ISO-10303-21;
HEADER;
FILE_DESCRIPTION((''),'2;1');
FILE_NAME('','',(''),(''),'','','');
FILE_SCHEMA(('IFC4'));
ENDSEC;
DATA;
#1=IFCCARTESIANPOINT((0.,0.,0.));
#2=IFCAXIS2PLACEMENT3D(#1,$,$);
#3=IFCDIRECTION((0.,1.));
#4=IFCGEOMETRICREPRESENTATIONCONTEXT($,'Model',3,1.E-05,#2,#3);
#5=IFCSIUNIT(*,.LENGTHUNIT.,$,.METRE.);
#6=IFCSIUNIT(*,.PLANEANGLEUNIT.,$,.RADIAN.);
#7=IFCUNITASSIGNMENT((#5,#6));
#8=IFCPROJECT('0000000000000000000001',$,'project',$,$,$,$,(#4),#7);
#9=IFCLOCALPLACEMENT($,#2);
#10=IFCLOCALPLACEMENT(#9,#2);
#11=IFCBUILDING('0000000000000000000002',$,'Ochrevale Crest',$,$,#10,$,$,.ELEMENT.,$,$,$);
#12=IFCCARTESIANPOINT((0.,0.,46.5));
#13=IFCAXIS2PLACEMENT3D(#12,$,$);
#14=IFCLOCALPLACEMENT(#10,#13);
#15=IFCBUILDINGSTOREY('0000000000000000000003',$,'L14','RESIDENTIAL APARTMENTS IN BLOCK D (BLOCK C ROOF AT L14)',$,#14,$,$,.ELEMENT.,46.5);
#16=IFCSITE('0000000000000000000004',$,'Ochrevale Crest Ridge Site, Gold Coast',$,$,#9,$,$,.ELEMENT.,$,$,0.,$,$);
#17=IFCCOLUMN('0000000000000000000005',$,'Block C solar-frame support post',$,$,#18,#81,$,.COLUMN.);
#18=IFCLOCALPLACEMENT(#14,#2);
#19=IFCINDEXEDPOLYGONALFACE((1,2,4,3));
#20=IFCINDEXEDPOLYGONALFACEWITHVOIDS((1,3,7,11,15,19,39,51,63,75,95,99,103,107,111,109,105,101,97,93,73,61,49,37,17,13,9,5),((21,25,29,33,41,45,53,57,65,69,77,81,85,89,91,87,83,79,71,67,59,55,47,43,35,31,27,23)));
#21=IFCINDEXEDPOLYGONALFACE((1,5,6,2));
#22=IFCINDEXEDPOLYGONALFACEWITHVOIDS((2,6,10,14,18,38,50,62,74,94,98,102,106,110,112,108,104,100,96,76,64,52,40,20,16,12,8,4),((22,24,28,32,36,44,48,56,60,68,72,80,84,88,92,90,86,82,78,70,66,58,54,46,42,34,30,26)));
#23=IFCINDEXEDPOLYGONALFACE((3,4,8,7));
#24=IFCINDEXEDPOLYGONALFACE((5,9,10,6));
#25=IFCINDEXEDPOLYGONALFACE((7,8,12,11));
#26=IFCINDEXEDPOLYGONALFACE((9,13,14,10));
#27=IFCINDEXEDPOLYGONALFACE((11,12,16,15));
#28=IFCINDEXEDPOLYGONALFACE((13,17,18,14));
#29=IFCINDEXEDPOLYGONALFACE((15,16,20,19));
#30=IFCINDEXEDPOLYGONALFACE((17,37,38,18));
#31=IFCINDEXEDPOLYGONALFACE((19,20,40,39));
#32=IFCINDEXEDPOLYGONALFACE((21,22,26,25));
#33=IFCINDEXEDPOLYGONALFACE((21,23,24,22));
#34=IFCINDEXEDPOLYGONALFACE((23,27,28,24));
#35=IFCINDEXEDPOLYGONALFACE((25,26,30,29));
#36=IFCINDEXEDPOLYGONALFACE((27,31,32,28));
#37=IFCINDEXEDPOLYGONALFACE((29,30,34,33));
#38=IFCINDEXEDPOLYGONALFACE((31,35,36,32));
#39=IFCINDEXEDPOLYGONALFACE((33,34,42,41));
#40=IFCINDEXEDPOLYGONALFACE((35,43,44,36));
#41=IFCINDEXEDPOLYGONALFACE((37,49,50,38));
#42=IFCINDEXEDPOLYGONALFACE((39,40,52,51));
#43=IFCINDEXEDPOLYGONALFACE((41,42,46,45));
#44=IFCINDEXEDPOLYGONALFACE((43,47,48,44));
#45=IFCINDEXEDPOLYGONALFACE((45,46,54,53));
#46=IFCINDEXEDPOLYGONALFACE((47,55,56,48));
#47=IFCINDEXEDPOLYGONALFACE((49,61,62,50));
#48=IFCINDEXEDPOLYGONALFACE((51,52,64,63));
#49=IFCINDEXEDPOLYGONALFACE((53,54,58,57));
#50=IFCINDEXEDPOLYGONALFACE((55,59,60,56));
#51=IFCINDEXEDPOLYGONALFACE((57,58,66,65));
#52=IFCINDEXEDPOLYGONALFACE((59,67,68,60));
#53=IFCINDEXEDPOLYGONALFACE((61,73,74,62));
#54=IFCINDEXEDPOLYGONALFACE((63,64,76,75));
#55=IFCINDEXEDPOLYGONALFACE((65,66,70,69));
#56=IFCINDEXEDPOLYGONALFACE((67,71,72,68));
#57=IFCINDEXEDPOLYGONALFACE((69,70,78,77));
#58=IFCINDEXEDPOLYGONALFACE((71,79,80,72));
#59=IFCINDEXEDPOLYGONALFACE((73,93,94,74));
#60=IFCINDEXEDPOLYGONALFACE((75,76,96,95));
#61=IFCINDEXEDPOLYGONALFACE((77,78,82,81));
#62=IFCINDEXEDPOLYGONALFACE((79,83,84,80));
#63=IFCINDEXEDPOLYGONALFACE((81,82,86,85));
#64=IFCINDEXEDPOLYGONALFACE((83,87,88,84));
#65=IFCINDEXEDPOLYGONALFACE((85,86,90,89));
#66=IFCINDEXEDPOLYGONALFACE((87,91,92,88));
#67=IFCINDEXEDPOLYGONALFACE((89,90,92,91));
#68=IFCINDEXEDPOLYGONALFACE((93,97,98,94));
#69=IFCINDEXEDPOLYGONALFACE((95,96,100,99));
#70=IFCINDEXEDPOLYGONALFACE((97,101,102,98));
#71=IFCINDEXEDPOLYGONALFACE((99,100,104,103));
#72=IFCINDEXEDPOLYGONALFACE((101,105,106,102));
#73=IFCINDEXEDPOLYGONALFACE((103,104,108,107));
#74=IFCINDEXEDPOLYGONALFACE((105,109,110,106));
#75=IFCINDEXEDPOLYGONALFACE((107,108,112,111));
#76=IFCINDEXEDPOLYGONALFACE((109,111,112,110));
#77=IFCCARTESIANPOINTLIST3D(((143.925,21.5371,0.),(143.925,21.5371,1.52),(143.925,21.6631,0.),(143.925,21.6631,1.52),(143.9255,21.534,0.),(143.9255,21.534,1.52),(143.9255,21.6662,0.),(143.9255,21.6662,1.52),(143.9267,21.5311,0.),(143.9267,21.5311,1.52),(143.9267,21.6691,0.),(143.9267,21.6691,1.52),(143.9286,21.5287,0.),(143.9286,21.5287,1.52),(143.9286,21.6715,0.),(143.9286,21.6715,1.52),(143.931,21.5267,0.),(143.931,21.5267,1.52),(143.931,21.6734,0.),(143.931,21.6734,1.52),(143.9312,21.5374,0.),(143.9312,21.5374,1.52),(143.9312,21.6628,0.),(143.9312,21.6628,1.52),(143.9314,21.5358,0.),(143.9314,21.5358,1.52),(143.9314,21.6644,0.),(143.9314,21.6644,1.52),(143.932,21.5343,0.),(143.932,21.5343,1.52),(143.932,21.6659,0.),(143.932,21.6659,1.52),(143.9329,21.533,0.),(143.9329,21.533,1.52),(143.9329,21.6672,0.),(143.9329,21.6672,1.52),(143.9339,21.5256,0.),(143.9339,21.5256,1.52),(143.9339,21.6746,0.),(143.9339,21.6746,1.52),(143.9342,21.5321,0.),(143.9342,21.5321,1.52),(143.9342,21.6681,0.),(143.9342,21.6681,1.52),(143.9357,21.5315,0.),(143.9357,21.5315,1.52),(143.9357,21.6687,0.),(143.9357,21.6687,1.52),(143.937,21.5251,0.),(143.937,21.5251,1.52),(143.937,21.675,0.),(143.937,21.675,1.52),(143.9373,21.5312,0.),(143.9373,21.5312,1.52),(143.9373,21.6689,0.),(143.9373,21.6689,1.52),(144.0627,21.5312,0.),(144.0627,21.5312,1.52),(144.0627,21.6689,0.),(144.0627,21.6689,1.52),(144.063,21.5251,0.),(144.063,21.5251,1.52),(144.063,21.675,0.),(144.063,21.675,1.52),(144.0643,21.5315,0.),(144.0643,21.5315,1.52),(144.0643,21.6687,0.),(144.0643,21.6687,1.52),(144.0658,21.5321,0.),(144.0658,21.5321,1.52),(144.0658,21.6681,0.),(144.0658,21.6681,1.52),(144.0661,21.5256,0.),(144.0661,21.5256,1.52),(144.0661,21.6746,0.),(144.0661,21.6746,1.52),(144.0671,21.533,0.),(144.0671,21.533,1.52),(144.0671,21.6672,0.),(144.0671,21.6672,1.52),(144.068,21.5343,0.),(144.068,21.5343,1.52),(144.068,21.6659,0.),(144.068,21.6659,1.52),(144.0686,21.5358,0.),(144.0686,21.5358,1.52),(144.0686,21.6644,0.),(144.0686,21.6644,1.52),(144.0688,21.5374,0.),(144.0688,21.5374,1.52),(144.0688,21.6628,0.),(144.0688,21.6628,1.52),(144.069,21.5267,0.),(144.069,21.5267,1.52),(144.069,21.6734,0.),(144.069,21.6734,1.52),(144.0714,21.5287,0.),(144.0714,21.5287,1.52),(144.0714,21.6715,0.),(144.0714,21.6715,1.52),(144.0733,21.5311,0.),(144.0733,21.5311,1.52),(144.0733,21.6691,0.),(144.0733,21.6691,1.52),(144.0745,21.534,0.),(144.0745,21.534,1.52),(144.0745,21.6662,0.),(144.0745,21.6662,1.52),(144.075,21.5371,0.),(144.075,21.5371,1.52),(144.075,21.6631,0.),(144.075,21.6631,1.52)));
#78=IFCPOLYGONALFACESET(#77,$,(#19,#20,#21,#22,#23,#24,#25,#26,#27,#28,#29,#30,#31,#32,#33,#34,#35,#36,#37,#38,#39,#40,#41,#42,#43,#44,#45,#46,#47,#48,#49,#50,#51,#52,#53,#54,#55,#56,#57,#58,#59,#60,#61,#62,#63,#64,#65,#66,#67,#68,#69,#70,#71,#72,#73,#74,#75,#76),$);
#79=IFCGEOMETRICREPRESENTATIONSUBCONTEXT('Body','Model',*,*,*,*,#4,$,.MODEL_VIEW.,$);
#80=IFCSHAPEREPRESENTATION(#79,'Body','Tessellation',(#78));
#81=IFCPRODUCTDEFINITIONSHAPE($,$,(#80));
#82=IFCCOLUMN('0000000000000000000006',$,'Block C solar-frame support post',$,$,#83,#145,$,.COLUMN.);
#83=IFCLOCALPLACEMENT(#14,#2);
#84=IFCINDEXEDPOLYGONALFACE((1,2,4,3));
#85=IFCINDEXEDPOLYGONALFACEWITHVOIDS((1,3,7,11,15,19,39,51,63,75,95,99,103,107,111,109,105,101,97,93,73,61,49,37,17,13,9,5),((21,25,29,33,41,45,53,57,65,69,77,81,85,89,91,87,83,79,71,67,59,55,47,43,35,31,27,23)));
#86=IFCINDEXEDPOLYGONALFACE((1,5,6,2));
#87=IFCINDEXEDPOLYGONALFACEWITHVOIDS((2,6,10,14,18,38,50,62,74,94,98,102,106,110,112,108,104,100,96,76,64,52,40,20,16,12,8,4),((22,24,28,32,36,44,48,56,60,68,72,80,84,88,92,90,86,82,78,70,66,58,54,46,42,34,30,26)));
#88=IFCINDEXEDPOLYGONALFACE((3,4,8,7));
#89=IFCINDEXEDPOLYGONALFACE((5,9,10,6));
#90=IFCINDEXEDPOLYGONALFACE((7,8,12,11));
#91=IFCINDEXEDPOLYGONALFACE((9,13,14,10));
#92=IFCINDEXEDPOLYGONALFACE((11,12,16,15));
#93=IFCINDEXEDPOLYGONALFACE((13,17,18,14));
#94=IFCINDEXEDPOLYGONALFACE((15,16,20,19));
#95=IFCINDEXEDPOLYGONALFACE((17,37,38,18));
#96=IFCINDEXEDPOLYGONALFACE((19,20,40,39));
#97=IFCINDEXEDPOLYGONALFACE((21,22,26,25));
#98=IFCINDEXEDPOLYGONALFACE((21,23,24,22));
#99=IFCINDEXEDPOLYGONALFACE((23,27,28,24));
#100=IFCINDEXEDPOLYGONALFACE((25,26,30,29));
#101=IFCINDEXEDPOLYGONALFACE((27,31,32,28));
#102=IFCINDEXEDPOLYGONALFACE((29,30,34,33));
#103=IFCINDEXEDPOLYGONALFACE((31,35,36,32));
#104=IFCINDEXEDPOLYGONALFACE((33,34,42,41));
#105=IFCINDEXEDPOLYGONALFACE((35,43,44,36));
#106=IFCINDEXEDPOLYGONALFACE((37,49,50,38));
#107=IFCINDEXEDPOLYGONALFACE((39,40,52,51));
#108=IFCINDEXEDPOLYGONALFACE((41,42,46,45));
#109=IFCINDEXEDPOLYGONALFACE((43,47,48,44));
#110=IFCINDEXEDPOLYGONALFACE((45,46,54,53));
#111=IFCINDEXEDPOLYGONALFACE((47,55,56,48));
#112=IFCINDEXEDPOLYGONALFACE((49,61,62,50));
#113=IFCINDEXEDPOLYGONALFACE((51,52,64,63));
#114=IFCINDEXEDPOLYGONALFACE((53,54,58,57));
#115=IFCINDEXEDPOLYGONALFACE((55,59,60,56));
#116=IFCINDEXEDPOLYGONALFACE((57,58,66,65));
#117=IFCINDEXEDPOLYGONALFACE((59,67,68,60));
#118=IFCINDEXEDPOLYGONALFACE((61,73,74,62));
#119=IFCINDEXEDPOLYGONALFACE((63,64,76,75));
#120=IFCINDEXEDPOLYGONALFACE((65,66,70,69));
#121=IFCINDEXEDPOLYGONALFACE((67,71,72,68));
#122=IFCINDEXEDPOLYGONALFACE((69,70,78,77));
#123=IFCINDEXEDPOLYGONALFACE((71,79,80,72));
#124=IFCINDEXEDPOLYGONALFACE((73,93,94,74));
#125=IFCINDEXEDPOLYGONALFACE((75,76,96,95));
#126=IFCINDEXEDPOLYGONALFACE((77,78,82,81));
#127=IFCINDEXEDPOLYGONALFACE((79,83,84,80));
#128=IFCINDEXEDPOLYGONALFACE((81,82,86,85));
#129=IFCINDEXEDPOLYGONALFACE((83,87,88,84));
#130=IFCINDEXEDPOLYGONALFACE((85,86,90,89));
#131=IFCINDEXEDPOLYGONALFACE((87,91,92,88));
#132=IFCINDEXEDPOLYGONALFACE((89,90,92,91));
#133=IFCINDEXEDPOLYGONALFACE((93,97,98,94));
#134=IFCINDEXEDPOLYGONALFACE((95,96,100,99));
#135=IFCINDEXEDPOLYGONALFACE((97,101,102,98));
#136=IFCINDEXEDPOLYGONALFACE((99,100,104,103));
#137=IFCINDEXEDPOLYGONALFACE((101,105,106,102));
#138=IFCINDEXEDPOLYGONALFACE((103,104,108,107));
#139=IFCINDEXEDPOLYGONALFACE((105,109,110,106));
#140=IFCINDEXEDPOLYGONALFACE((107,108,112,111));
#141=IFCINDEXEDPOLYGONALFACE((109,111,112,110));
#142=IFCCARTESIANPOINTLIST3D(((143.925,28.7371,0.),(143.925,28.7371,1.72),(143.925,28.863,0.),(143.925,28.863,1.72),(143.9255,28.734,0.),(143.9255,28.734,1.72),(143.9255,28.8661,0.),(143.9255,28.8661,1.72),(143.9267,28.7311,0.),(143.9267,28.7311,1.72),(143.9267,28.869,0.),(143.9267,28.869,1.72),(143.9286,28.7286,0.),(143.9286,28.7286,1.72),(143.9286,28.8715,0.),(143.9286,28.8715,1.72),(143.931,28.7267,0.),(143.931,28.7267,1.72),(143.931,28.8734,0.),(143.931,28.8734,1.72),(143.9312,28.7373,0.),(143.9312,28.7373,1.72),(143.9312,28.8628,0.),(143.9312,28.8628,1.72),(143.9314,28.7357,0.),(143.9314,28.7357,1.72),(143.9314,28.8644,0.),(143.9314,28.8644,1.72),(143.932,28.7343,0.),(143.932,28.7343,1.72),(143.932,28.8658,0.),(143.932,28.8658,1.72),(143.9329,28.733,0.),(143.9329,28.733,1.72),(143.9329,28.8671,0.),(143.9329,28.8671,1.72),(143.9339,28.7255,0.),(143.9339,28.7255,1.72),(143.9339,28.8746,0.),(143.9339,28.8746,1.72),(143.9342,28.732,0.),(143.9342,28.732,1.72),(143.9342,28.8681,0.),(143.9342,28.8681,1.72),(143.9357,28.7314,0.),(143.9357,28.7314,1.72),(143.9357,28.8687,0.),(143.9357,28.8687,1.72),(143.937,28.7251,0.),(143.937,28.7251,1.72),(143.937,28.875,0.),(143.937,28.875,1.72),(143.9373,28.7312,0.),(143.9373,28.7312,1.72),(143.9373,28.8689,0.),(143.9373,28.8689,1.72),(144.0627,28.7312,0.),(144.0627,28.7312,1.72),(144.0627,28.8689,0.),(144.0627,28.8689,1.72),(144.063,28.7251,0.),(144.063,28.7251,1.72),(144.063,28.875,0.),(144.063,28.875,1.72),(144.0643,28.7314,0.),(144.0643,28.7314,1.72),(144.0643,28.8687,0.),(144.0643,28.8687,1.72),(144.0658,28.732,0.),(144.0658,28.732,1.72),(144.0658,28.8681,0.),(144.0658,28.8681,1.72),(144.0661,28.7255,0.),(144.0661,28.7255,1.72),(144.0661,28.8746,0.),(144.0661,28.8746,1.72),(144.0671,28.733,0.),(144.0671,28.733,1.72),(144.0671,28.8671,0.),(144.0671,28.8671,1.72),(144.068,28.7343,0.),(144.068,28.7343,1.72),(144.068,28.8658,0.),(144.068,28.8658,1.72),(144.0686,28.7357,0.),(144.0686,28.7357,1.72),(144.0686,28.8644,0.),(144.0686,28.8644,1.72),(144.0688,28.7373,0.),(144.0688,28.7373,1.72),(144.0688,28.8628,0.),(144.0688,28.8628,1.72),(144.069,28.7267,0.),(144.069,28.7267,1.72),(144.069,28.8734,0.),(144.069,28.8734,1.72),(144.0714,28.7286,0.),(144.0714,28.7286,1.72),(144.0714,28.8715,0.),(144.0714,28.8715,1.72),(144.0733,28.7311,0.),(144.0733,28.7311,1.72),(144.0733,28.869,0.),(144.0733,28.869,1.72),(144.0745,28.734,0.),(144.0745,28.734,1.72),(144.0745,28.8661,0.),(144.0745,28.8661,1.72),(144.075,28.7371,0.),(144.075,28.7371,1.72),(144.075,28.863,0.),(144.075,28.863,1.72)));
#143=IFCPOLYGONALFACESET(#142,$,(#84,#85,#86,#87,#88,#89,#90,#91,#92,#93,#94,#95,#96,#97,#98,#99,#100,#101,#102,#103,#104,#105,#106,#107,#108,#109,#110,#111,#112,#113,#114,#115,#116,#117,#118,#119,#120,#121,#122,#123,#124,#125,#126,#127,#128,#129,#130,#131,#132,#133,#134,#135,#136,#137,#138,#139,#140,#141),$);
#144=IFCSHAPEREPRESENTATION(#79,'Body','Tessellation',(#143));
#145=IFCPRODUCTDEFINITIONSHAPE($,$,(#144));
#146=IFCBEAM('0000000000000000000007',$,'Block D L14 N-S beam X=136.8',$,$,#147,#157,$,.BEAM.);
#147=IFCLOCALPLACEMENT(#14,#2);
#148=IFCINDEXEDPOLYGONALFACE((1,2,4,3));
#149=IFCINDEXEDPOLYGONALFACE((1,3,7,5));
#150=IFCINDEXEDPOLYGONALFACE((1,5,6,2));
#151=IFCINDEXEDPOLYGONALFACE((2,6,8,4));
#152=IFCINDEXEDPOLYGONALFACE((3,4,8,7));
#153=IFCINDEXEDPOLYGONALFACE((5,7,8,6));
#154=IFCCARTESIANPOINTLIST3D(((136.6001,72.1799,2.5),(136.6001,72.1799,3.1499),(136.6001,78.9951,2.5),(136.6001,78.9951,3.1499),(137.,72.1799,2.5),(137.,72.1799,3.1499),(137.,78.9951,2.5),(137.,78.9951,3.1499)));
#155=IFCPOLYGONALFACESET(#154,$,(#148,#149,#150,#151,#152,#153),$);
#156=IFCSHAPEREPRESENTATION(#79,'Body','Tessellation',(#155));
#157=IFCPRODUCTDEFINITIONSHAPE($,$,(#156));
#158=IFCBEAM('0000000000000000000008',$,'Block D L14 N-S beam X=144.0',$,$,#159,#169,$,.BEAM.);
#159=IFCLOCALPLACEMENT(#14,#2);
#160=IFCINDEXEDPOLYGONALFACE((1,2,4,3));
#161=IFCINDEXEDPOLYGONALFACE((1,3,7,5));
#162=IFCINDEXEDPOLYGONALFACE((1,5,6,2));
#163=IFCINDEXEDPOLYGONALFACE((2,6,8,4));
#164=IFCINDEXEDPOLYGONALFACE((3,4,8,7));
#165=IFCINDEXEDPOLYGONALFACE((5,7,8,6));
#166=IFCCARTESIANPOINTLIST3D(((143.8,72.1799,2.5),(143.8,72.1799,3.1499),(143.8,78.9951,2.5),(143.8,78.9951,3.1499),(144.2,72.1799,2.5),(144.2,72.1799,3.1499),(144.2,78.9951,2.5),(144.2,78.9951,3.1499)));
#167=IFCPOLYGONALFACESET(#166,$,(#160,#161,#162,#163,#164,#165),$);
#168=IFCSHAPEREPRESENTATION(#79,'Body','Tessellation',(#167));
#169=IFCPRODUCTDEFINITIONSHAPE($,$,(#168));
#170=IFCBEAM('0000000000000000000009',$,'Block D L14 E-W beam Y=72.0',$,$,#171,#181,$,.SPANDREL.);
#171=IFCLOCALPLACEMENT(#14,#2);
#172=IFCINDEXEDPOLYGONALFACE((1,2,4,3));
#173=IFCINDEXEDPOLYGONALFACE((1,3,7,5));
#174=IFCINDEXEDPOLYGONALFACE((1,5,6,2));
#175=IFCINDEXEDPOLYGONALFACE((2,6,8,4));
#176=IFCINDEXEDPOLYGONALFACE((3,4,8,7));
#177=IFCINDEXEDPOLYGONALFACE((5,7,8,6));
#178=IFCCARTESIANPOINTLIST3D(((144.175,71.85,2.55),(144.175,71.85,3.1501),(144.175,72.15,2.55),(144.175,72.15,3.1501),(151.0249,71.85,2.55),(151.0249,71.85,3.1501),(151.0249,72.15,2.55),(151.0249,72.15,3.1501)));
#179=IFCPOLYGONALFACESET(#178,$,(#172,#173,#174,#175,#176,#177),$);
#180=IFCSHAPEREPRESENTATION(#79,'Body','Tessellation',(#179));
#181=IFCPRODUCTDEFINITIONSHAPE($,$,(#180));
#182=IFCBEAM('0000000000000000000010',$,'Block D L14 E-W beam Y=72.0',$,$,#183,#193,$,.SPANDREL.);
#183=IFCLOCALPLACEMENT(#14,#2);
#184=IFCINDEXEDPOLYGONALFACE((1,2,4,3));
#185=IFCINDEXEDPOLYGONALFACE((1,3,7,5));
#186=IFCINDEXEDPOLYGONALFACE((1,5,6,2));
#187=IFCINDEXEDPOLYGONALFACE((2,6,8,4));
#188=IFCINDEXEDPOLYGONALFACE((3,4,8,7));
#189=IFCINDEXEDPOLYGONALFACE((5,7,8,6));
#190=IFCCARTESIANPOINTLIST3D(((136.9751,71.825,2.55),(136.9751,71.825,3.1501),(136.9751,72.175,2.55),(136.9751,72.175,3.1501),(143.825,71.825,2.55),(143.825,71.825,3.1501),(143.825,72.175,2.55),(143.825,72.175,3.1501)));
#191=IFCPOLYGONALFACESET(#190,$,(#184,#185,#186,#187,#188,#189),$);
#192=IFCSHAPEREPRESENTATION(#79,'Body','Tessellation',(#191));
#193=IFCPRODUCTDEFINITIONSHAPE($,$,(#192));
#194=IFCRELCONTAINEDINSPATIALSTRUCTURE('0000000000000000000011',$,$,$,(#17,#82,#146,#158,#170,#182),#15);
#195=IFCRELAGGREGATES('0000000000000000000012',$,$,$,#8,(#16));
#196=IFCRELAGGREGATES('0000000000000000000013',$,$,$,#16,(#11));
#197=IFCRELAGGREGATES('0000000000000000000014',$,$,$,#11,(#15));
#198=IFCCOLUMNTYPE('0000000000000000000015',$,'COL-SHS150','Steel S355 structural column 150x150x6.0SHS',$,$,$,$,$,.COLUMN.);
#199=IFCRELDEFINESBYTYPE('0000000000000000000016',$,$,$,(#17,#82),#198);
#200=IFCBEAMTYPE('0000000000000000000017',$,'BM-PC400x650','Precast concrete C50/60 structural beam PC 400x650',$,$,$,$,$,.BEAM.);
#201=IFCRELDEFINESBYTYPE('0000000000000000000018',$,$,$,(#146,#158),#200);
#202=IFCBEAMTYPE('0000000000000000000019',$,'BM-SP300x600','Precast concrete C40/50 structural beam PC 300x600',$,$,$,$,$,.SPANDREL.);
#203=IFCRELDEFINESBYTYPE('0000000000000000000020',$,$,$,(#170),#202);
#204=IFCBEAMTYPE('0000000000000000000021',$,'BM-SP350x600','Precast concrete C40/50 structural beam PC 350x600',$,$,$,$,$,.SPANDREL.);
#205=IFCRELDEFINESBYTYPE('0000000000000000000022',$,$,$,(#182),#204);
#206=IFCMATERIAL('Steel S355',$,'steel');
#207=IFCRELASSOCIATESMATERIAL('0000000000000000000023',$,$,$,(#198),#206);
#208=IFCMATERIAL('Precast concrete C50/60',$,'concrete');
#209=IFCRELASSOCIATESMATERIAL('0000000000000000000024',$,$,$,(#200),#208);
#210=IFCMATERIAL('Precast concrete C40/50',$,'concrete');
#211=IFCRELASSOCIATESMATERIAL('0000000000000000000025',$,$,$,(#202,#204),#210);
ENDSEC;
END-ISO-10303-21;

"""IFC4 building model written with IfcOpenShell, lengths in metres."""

from ifc_helpers import new_model, si_unit, direction, frame, origin, origin_2d, place, context, subcontext, project, spatial, rectangle, hollow_rectangle, extrude, material, material_profile, profile_set, type_object, element, save


model = new_model("IFC4")

# Units and contexts
model_context = context("Model", 3, precision=1e-05, world=origin(), true_north=direction((0.0, 1.0)))
body_context = subcontext(model_context, "Body", "Model", "MODEL_VIEW")
ifc_project = project(units=[si_unit("LENGTHUNIT", "METRE"), si_unit("PLANEANGLEUNIT", "RADIAN")], contexts=[model_context])

# Site, building, storey
site_placement = place(None, origin())
site = spatial("IfcSite", under=ifc_project, at=site_placement, Name="Ochrevale Crest Ridge Site, Gold Coast", CompositionType="ELEMENT", RefElevation=0.0)
building_placement = place(site_placement, origin())
building = spatial("IfcBuilding", under=site, at=building_placement, Name="Ochrevale Crest", CompositionType="ELEMENT")
storey_placement = place(building_placement, frame((0.0, 0.0, 46.5)))
storey = spatial("IfcBuildingStorey", under=building, at=storey_placement, Name="L14", Description="RESIDENTIAL APARTMENTS IN BLOCK D (BLOCK C ROOF AT L14)", CompositionType="ELEMENT", Elevation=46.5)

# Columns
ifc_material_1 = material(Name="Precast concrete C40/50", Category="concrete")
ifc_material_2 = material(Name="Steel S355", Category="steel")
ifc_material_profile_1 = material_profile(ifc_material_2, hollow_rectangle(XDim=0.1499, YDim=0.1499, WallThickness=0.0061, InnerFilletRadius=0.0061, OuterFilletRadius=0.012, at=origin_2d()), Name="150x150x6.0SHS")
ifc_profile_set_1 = profile_set([ifc_material_profile_1], Name="Steel S355")
column_type_1 = type_object("IfcColumnType", Name="COL-SHS150", Description="Steel S355 structural column 150x150x6.0SHS", PredefinedType="COLUMN", material=ifc_profile_set_1)
column_1_placement = place(storey_placement, frame((144.0, 21.6001, 0.0), z_axis=(0.0, 0.0, 1.0), x_axis=(1.0, 0.0, 0.0)))
element("IfcColumn", 1, at=column_1_placement, inside=storey, type_object=column_type_1, Name="Block C solar-frame support post", PredefinedType="COLUMN", context=body_context, shape_type="SweptSolid", body=[
    extrude(hollow_rectangle(XDim=0.1499, YDim=0.1499, WallThickness=0.0061, InnerFilletRadius=0.0061, OuterFilletRadius=0.012, at=origin_2d()), origin(), (0.0, 0.0, 1.0), 1.52),
])
column_2_placement = place(storey_placement, frame((144.0, 28.8, 0.0), z_axis=(0.0, 0.0, 1.0), x_axis=(1.0, 0.0, 0.0)))
element("IfcColumn", 2, at=column_2_placement, inside=storey, type_object=column_type_1, Name="Block C solar-frame support post", PredefinedType="COLUMN", context=body_context, shape_type="SweptSolid", body=[
    extrude(hollow_rectangle(XDim=0.1499, YDim=0.1499, WallThickness=0.0061, InnerFilletRadius=0.0061, OuterFilletRadius=0.012, at=origin_2d()), origin(), (0.0, 0.0, 1.0), 1.72),
])

# Beams
ifc_material_3 = material(Name="Precast concrete C50/60", Category="concrete")
ifc_material_profile_2 = material_profile(ifc_material_3, rectangle(XDim=0.3999, YDim=0.6499, at=origin_2d()), Name="PC 400x650")
ifc_profile_set_2 = profile_set([ifc_material_profile_2], Name="Precast concrete C50/60")
beam_type_1 = type_object("IfcBeamType", Name="BM-PC400x650", Description="Precast concrete C50/60 structural beam PC 400x650", PredefinedType="BEAM", material=ifc_profile_set_2)
for number, where, z_axis, x_axis, name in (
    (3, (136.8, 72.1799, 2.825), (0.0, 1.0, 0.0), (-1.0, 0.0, 0.0), "Block D L14 N-S beam X=136.8"),
    (4, (144.0, 72.1799, 2.825), (0.0, 1.0, 0.0), (-1.0, 0.0, 0.0), "Block D L14 N-S beam X=144.0"),
):
    element("IfcBeam", number, at=place(storey_placement, frame(where, z_axis=z_axis, x_axis=x_axis)), inside=storey, type_object=beam_type_1, Name=name, PredefinedType="BEAM", context=body_context, shape_type="SweptSolid", body=[
        extrude(rectangle(XDim=0.3999, YDim=0.6499, at=origin_2d()), origin(), (0.0, 0.0, 1.0), 6.8152),
    ])
ifc_material_profile_3 = material_profile(ifc_material_1, rectangle(XDim=0.3, YDim=0.6001, at=origin_2d()), Name="PC 300x600")
ifc_profile_set_3 = profile_set([ifc_material_profile_3], Name="Precast concrete C40/50")
beam_type_2 = type_object("IfcBeamType", Name="BM-SP300x600", Description="Precast concrete C40/50 structural beam PC 300x600", PredefinedType="SPANDREL", material=ifc_profile_set_3)
beam_1_placement = place(storey_placement, frame((144.175, 72.0, 2.8501), z_axis=(1.0, 0.0, 0.0), x_axis=(0.0, 1.0, 0.0)))
element("IfcBeam", 5, at=beam_1_placement, inside=storey, type_object=beam_type_2, Name="Block D L14 E-W beam Y=72.0", PredefinedType="SPANDREL", context=body_context, shape_type="SweptSolid", body=[
    extrude(rectangle(XDim=0.3, YDim=0.6001, at=origin_2d()), origin(), (0.0, 0.0, 1.0), 6.8499),
])
ifc_material_profile_4 = material_profile(ifc_material_1, rectangle(XDim=0.3501, YDim=0.6001, at=origin_2d()), Name="PC 350x600")
ifc_profile_set_4 = profile_set([ifc_material_profile_4], Name="Precast concrete C40/50")
beam_type_3 = type_object("IfcBeamType", Name="BM-SP350x600", Description="Precast concrete C40/50 structural beam PC 350x600", PredefinedType="SPANDREL", material=ifc_profile_set_4)
beam_2_placement = place(storey_placement, frame((136.9751, 72.0, 2.8501), z_axis=(1.0, 0.0, 0.0), x_axis=(0.0, 1.0, 0.0)))
element("IfcBeam", 6, at=beam_2_placement, inside=storey, type_object=beam_type_3, Name="Block D L14 E-W beam Y=72.0", PredefinedType="SPANDREL", context=body_context, shape_type="SweptSolid", body=[
    extrude(rectangle(XDim=0.3501, YDim=0.6001, at=origin_2d()), origin(), (0.0, 0.0, 1.0), 6.8499),
])

save(model, "model.ifc")
